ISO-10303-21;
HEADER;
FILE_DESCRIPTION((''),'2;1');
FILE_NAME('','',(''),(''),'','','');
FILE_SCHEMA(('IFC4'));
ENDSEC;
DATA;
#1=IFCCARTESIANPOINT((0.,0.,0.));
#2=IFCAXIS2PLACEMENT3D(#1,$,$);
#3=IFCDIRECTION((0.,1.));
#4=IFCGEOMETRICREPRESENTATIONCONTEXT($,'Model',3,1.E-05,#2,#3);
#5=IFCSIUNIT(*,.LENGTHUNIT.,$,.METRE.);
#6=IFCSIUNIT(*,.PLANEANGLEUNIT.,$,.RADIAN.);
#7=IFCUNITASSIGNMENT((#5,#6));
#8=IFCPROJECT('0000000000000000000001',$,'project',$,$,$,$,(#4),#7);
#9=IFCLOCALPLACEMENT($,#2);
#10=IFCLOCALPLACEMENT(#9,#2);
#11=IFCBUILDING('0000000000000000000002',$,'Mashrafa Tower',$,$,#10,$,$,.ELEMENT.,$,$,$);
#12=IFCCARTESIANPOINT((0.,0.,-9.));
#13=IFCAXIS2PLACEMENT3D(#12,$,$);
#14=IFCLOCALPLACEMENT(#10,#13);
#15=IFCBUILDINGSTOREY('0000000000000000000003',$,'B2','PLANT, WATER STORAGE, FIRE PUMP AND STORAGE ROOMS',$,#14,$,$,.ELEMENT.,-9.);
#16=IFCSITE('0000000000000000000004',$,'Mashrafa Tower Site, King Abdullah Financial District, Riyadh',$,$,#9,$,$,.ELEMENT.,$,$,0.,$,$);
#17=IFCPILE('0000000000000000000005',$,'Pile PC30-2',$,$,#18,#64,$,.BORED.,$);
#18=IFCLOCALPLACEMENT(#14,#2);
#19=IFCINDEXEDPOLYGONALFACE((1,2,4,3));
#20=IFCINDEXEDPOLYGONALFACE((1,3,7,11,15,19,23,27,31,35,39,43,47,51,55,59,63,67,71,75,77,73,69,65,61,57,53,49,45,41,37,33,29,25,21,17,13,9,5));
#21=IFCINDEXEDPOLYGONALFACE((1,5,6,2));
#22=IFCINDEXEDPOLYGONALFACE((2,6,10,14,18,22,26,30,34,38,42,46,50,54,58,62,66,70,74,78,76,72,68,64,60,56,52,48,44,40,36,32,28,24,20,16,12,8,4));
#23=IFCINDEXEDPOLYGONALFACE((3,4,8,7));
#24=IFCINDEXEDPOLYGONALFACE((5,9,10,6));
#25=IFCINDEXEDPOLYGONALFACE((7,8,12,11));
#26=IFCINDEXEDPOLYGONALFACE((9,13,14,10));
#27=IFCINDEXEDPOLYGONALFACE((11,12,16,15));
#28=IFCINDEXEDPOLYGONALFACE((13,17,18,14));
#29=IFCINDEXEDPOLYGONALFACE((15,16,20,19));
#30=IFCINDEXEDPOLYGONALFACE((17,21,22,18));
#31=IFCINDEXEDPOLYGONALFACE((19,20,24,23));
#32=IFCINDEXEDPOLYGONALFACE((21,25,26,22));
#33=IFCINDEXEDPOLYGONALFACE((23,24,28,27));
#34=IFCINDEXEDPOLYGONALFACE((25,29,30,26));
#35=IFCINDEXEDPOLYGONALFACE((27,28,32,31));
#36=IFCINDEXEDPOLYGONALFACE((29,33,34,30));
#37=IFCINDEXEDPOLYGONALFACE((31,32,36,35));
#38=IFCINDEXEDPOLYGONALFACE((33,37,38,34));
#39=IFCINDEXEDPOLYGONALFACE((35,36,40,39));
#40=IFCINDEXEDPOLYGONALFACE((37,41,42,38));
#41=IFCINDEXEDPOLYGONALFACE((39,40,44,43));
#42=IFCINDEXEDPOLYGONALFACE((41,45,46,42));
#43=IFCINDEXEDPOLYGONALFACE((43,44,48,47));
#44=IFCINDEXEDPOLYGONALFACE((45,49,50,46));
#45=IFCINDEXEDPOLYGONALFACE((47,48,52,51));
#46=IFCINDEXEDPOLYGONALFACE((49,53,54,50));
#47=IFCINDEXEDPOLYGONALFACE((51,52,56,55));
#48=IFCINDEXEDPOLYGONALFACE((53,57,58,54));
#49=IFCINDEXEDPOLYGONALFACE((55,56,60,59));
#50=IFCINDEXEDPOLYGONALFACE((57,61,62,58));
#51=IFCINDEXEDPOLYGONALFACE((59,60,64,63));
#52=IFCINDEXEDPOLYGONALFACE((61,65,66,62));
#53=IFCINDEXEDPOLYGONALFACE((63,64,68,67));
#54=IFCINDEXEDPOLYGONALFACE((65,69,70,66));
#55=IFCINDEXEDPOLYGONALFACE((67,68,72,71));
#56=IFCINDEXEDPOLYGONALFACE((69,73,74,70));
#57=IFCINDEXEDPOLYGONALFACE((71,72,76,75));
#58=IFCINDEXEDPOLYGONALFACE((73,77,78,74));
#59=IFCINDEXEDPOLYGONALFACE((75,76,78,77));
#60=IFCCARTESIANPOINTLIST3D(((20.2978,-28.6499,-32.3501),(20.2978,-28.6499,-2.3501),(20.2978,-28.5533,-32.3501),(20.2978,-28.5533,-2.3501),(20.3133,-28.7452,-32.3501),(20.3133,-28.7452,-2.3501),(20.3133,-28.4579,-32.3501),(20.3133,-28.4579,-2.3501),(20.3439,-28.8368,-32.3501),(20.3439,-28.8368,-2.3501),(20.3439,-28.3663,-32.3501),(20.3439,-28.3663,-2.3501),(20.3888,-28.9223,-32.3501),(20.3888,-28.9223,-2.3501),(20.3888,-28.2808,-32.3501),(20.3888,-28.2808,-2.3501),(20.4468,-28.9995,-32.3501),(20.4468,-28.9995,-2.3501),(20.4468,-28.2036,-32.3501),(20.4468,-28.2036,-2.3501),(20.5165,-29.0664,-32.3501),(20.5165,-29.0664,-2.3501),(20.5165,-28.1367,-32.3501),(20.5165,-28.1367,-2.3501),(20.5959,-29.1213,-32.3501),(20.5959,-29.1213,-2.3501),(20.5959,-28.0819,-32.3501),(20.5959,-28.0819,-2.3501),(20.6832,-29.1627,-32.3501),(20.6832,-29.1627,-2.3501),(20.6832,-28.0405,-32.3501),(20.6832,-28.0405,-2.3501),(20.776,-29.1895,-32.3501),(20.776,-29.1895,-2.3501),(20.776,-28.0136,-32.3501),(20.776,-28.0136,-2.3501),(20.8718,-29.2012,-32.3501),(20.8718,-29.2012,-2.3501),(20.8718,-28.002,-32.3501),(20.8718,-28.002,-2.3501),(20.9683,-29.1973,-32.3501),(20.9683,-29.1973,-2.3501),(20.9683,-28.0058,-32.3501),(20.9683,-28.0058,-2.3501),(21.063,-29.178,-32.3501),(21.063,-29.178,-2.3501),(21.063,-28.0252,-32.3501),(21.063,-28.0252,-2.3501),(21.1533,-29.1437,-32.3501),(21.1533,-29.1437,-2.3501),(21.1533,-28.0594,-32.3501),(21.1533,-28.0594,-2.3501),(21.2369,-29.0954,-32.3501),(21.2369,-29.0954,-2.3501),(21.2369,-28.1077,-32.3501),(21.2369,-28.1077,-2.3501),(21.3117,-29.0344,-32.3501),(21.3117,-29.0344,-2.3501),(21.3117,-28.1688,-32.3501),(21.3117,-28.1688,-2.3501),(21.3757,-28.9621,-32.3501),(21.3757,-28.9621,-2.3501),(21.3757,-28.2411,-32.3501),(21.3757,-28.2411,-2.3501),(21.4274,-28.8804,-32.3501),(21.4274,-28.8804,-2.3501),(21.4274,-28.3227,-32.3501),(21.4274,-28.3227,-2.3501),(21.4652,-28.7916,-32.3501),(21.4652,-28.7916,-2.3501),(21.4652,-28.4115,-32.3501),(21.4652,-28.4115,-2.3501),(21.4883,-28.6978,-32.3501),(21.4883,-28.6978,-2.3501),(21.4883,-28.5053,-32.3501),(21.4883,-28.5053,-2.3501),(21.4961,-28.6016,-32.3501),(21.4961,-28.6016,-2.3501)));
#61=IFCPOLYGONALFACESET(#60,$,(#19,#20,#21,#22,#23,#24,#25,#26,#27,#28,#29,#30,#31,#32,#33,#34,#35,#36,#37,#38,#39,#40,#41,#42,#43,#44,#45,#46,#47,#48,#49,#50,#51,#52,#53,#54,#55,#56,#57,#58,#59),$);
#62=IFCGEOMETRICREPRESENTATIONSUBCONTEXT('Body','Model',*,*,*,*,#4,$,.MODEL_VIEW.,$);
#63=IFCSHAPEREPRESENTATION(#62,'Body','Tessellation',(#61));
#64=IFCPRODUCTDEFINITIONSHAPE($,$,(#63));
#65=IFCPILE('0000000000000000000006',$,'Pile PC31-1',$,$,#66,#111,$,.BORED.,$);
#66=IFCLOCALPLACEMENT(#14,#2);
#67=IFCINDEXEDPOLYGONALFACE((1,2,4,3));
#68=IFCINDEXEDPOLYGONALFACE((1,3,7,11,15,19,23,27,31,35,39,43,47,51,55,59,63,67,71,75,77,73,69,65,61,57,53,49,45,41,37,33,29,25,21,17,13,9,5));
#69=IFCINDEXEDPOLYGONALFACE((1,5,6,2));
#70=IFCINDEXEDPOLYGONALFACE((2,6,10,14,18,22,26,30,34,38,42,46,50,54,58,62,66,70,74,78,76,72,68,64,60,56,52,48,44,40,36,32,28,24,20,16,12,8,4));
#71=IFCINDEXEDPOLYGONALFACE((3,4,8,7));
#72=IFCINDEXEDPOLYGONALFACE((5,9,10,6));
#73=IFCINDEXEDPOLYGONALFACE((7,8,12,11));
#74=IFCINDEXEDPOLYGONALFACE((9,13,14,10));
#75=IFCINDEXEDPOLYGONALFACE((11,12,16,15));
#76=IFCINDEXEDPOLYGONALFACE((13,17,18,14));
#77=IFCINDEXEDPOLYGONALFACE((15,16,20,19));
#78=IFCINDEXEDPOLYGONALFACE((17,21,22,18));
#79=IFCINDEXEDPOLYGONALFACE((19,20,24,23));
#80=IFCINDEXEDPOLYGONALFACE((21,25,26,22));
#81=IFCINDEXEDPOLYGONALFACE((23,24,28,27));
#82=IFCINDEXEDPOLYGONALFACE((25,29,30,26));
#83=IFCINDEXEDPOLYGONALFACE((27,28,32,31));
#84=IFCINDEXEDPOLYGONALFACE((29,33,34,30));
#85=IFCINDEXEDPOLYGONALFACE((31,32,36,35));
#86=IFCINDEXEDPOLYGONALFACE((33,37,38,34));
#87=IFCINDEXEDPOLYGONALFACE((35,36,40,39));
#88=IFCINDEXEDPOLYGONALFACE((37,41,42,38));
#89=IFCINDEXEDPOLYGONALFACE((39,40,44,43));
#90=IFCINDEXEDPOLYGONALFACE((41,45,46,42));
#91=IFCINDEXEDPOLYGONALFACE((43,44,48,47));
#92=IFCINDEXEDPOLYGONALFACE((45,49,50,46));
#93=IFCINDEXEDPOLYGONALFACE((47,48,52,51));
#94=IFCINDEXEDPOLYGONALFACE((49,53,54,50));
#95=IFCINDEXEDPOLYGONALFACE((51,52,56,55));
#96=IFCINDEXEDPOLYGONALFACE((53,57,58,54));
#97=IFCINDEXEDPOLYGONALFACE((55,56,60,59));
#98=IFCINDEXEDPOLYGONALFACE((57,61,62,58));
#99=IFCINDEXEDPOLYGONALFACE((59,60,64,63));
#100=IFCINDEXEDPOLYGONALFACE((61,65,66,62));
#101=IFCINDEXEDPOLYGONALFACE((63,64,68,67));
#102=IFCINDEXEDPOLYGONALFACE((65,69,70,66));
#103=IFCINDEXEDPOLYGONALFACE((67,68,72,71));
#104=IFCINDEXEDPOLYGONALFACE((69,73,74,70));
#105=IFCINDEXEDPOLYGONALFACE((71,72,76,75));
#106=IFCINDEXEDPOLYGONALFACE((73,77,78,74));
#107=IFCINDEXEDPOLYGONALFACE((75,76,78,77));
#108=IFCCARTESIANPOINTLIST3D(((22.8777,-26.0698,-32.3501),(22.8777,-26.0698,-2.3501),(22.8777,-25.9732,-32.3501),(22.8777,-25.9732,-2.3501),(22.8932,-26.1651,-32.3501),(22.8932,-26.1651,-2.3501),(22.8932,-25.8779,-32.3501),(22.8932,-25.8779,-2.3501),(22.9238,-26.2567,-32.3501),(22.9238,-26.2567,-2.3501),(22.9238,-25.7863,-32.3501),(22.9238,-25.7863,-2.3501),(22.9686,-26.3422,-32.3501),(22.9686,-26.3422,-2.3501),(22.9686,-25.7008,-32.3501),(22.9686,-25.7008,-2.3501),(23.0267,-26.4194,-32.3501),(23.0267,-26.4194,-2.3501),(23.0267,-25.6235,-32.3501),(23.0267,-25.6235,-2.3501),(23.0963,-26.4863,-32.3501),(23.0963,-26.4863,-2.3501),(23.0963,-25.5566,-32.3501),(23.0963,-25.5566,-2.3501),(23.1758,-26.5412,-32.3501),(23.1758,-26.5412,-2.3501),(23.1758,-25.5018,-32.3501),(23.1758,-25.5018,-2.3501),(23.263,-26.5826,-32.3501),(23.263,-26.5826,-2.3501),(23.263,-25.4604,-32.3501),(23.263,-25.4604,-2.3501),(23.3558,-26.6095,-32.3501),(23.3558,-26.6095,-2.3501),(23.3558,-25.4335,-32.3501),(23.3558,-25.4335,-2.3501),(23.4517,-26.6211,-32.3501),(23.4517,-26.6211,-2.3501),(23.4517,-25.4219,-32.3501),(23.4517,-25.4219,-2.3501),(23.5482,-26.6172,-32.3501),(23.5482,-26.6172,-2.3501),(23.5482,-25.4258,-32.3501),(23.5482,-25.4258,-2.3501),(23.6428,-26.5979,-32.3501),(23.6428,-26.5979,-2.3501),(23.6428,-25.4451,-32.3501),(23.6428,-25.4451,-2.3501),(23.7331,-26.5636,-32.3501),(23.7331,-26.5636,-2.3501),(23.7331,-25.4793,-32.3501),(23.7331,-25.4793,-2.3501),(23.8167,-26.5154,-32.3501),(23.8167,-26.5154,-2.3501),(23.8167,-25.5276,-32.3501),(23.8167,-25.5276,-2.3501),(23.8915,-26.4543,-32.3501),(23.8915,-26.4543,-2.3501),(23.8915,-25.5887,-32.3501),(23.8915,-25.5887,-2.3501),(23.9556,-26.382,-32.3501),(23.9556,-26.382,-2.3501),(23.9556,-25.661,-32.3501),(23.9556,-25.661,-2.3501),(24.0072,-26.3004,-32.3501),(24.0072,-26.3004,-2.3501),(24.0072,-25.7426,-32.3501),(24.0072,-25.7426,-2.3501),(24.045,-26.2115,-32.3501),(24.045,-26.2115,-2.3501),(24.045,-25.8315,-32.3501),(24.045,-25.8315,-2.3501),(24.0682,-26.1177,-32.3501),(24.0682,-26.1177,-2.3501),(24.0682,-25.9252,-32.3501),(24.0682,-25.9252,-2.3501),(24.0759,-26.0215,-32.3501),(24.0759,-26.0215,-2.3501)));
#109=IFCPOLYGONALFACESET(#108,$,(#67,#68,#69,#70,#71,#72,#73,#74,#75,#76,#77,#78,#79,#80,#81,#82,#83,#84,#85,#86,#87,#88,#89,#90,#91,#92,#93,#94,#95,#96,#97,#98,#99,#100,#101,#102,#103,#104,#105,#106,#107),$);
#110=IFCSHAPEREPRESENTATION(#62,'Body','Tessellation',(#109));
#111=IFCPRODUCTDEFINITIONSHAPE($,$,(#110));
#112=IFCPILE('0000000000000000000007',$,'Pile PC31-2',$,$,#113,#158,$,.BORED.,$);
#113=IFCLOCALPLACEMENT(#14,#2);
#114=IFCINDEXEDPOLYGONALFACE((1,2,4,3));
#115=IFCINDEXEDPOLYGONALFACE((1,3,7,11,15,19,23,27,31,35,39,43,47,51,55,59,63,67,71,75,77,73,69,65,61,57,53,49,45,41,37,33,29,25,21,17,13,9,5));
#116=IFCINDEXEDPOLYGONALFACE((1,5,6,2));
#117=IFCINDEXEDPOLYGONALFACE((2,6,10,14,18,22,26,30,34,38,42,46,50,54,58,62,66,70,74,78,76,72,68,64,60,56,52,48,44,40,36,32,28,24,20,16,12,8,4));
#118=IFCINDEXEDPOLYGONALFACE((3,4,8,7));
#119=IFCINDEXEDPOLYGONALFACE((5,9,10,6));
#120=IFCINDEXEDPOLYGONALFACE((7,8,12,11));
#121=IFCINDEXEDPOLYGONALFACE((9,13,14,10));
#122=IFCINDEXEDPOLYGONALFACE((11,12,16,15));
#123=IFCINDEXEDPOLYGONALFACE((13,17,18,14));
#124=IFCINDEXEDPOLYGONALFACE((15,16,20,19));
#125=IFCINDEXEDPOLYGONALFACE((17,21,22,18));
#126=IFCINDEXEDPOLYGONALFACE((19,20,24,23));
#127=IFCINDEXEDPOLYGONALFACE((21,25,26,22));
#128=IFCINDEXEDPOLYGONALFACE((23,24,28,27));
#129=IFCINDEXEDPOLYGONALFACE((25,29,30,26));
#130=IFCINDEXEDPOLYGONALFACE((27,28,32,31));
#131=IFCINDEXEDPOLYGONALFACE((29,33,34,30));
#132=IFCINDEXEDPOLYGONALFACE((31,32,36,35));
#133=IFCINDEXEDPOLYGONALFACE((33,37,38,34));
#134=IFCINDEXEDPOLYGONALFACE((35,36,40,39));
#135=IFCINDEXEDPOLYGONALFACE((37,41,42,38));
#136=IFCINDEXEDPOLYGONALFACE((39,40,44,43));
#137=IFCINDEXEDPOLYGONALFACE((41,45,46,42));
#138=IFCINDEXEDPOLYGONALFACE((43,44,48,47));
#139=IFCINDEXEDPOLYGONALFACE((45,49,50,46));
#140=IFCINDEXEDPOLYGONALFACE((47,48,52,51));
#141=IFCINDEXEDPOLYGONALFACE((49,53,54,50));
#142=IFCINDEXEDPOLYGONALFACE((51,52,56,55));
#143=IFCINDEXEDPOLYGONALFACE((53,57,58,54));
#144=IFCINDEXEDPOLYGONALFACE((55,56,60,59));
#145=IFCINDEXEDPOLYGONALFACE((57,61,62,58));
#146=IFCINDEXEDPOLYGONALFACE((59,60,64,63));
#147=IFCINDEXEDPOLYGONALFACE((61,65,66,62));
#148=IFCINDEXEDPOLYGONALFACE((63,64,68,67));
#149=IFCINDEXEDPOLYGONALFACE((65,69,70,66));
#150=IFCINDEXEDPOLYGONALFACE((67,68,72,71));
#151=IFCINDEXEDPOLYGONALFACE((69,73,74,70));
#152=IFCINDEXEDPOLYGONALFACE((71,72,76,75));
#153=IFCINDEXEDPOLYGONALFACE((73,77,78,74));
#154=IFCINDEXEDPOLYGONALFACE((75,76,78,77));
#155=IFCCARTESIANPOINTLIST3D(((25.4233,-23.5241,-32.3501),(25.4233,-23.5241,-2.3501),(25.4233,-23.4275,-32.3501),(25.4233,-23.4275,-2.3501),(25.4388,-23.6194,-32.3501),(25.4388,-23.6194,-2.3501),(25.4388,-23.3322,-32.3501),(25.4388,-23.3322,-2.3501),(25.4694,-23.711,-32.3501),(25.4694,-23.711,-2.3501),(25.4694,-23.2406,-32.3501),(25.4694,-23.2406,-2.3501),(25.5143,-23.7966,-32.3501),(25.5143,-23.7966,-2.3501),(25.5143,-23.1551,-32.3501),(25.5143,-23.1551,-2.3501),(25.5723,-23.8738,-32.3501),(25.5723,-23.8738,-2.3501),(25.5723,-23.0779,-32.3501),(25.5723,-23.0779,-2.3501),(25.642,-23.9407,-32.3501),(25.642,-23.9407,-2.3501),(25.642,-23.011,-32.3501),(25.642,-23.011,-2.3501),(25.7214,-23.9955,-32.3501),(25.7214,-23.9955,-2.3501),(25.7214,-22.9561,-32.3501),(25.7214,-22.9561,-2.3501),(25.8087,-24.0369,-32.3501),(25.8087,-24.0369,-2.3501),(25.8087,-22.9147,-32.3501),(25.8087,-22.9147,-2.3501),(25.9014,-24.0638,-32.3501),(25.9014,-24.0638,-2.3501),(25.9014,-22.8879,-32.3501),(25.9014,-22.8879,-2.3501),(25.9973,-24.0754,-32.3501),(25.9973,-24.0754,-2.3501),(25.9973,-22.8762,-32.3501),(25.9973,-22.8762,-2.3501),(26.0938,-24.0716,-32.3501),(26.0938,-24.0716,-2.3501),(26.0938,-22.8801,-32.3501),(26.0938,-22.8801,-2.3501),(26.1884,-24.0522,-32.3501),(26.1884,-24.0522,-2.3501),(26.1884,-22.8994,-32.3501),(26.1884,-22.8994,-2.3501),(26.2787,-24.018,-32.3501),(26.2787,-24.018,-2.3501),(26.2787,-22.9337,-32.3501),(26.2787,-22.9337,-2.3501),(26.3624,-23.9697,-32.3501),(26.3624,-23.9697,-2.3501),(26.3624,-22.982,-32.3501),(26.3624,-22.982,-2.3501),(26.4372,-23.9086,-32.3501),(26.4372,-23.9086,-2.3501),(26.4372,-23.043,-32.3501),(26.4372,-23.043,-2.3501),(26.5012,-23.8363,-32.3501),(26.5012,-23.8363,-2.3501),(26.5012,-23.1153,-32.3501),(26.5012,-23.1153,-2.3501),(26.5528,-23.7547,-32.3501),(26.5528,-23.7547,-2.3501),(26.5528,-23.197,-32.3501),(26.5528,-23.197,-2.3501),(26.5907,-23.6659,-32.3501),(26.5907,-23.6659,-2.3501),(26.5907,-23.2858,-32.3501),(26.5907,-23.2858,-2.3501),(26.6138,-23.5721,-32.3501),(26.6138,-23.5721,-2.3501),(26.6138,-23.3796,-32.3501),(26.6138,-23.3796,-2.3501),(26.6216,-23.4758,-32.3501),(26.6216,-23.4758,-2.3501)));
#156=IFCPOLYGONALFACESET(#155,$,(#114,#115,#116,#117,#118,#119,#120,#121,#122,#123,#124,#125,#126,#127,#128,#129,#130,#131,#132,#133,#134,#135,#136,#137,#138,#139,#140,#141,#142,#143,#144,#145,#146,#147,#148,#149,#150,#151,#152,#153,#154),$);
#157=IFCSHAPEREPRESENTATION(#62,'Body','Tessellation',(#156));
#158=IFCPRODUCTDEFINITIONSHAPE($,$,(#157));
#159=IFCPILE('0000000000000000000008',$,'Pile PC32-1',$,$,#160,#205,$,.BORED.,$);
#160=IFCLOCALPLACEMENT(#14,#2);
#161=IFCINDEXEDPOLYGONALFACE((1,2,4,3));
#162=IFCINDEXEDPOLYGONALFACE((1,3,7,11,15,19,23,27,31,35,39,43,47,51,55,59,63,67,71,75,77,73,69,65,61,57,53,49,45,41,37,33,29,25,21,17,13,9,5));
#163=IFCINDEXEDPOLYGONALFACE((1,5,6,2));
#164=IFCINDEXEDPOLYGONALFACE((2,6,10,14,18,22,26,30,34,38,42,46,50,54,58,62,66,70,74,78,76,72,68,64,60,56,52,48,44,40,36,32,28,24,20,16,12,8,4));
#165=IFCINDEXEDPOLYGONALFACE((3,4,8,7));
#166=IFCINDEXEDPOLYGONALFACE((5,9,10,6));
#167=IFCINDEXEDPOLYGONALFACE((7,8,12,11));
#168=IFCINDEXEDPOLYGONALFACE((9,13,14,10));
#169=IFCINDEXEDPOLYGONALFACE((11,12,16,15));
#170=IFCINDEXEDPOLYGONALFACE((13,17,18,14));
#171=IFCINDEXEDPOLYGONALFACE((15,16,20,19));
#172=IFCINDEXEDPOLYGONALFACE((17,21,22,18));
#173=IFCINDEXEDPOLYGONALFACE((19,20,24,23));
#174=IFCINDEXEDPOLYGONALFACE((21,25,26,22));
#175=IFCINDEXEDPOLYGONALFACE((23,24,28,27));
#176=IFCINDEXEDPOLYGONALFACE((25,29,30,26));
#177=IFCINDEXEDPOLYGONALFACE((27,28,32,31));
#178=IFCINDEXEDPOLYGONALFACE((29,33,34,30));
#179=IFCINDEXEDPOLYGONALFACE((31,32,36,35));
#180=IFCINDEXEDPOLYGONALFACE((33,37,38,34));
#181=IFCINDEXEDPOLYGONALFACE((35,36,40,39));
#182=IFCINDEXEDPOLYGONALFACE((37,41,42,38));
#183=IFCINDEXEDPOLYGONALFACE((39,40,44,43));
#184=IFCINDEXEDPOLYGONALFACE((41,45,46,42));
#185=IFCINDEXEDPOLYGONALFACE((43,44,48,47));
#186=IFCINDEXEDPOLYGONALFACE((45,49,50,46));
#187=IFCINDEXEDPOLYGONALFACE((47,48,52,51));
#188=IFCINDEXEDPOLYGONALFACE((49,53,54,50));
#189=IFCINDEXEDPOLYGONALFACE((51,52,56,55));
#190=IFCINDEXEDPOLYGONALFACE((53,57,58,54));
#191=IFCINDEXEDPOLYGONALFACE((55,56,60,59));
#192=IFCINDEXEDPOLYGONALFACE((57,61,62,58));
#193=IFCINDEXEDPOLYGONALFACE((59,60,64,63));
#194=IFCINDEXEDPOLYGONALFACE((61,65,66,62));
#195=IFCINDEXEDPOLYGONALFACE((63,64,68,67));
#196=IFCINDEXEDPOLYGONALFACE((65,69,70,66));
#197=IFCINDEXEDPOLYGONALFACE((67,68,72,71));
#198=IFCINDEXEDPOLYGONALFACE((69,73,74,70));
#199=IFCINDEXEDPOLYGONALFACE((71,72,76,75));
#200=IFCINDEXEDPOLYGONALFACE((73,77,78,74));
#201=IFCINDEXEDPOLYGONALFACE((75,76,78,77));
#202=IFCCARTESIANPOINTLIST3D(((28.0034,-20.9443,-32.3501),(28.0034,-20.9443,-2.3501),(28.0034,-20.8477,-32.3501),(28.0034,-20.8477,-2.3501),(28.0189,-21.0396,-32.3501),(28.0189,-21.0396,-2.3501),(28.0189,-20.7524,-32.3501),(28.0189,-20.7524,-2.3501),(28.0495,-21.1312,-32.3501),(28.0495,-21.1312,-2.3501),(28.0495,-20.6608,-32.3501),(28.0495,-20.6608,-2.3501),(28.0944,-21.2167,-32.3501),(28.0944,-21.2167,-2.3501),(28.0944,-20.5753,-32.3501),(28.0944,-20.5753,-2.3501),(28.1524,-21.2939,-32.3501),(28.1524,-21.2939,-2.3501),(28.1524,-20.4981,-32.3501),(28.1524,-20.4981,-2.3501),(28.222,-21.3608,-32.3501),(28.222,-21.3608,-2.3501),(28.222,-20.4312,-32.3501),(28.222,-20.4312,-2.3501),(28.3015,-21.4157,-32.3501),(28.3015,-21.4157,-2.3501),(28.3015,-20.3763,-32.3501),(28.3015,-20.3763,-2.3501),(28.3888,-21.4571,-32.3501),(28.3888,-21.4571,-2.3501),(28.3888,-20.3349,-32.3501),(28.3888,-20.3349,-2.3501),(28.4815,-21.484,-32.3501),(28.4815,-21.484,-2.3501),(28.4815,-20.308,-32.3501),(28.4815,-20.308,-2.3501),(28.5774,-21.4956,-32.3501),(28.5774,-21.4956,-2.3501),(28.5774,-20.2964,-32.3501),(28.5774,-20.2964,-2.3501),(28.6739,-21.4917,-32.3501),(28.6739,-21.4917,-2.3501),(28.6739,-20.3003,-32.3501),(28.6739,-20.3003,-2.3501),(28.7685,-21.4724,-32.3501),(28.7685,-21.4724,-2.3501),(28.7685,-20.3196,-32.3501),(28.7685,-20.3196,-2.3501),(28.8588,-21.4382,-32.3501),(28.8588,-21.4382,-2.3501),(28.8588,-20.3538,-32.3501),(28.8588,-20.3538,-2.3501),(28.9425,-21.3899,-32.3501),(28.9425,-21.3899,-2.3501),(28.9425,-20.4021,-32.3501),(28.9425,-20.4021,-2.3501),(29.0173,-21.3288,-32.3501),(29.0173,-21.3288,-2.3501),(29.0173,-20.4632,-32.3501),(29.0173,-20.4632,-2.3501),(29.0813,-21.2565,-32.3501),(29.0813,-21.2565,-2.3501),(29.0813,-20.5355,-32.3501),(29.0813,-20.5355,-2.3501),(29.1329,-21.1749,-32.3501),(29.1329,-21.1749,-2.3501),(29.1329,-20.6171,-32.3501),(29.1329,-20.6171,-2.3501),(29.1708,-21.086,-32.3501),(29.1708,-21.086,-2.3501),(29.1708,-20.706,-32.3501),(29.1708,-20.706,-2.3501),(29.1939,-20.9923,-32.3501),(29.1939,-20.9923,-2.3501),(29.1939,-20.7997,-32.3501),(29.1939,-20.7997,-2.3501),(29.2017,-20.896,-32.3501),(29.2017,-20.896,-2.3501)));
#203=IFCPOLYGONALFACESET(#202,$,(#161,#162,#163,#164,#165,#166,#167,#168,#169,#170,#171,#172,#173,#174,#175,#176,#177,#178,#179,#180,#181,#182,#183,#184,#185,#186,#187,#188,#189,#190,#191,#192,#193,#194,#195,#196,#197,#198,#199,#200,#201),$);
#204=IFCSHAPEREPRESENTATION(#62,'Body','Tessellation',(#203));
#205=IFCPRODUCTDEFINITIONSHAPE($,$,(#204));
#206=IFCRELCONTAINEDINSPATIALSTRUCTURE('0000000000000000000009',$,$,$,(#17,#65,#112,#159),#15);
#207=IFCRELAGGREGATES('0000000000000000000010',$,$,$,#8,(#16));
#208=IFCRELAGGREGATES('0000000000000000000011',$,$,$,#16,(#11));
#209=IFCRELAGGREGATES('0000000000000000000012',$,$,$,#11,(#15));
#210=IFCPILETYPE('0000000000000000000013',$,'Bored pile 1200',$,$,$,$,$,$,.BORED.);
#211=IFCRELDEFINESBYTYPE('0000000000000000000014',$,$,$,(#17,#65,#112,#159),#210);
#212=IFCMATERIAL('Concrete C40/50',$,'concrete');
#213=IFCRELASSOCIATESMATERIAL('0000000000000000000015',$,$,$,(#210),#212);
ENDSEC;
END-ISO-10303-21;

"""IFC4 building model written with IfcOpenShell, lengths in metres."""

from ifc_helpers import new_model, si_unit, direction, frame, origin, origin_2d, place, context, subcontext, project, spatial, circle, extrude, material, material_profile, profile_set, type_object, element, save


model = new_model("IFC4")

# Units and contexts
model_context = context("Model", 3, precision=1e-05, world=origin(), true_north=direction((0.0, 1.0)))
body_context = subcontext(model_context, "Body", "Model", "MODEL_VIEW")
ifc_project = project(units=[si_unit("LENGTHUNIT", "METRE"), si_unit("PLANEANGLEUNIT", "RADIAN")], contexts=[model_context])

# Site, building, storey
site_placement = place(None, origin())
site = spatial("IfcSite", under=ifc_project, at=site_placement, Name="Mashrafa Tower Site, King Abdullah Financial District, Riyadh", CompositionType="ELEMENT", RefElevation=0.0)
building_placement = place(site_placement, origin())
building = spatial("IfcBuilding", under=site, at=building_placement, Name="Mashrafa Tower", CompositionType="ELEMENT")
storey_placement = place(building_placement, frame((0.0, 0.0, -9.0)))
storey = spatial("IfcBuildingStorey", under=building, at=storey_placement, Name="B2", Description="PLANT, WATER STORAGE, FIRE PUMP AND STORAGE ROOMS", CompositionType="ELEMENT", Elevation=-9.0)

# Piles
ifc_material_1 = material(Name="Concrete C40/50", Category="concrete")
ifc_material_profile_1 = material_profile(ifc_material_1, circle(Radius=0.6001, at=origin_2d()), Name="1200 DIA")
ifc_profile_set_1 = profile_set([ifc_material_profile_1], Name="Concrete C40/50")
pile_type_1 = type_object("IfcPileType", Name="Bored pile 1200", PredefinedType="BORED", material=ifc_profile_set_1)
for number, where, z_axis, x_axis, name in (
    (1, (20.896, -28.6016, -2.3501), (0.0, 0.0, -1.0), (1.0, 0.0, 0.0), "Pile PC30-2"),
    (2, (23.4758, -26.0215, -2.3501), (0.0, 0.0, -1.0), (1.0, 0.0, 0.0), "Pile PC31-1"),
    (3, (26.0215, -23.4758, -2.3501), (0.0, 0.0, -1.0), (1.0, 0.0, 0.0), "Pile PC31-2"),
    (4, (28.6016, -20.896, -2.3501), (0.0, 0.0, -1.0), (1.0, 0.0, 0.0), "Pile PC32-1"),
):
    element("IfcPile", number, at=place(storey_placement, frame(where, z_axis=z_axis, x_axis=x_axis)), inside=storey, type_object=pile_type_1, Name=name, PredefinedType="BORED", context=body_context, shape_type="SweptSolid", body=[
        extrude(circle(Radius=0.6001, at=origin_2d()), origin(), (0.0, 0.0, 1.0), 30.0),
    ])

save(model, "model.ifc")
